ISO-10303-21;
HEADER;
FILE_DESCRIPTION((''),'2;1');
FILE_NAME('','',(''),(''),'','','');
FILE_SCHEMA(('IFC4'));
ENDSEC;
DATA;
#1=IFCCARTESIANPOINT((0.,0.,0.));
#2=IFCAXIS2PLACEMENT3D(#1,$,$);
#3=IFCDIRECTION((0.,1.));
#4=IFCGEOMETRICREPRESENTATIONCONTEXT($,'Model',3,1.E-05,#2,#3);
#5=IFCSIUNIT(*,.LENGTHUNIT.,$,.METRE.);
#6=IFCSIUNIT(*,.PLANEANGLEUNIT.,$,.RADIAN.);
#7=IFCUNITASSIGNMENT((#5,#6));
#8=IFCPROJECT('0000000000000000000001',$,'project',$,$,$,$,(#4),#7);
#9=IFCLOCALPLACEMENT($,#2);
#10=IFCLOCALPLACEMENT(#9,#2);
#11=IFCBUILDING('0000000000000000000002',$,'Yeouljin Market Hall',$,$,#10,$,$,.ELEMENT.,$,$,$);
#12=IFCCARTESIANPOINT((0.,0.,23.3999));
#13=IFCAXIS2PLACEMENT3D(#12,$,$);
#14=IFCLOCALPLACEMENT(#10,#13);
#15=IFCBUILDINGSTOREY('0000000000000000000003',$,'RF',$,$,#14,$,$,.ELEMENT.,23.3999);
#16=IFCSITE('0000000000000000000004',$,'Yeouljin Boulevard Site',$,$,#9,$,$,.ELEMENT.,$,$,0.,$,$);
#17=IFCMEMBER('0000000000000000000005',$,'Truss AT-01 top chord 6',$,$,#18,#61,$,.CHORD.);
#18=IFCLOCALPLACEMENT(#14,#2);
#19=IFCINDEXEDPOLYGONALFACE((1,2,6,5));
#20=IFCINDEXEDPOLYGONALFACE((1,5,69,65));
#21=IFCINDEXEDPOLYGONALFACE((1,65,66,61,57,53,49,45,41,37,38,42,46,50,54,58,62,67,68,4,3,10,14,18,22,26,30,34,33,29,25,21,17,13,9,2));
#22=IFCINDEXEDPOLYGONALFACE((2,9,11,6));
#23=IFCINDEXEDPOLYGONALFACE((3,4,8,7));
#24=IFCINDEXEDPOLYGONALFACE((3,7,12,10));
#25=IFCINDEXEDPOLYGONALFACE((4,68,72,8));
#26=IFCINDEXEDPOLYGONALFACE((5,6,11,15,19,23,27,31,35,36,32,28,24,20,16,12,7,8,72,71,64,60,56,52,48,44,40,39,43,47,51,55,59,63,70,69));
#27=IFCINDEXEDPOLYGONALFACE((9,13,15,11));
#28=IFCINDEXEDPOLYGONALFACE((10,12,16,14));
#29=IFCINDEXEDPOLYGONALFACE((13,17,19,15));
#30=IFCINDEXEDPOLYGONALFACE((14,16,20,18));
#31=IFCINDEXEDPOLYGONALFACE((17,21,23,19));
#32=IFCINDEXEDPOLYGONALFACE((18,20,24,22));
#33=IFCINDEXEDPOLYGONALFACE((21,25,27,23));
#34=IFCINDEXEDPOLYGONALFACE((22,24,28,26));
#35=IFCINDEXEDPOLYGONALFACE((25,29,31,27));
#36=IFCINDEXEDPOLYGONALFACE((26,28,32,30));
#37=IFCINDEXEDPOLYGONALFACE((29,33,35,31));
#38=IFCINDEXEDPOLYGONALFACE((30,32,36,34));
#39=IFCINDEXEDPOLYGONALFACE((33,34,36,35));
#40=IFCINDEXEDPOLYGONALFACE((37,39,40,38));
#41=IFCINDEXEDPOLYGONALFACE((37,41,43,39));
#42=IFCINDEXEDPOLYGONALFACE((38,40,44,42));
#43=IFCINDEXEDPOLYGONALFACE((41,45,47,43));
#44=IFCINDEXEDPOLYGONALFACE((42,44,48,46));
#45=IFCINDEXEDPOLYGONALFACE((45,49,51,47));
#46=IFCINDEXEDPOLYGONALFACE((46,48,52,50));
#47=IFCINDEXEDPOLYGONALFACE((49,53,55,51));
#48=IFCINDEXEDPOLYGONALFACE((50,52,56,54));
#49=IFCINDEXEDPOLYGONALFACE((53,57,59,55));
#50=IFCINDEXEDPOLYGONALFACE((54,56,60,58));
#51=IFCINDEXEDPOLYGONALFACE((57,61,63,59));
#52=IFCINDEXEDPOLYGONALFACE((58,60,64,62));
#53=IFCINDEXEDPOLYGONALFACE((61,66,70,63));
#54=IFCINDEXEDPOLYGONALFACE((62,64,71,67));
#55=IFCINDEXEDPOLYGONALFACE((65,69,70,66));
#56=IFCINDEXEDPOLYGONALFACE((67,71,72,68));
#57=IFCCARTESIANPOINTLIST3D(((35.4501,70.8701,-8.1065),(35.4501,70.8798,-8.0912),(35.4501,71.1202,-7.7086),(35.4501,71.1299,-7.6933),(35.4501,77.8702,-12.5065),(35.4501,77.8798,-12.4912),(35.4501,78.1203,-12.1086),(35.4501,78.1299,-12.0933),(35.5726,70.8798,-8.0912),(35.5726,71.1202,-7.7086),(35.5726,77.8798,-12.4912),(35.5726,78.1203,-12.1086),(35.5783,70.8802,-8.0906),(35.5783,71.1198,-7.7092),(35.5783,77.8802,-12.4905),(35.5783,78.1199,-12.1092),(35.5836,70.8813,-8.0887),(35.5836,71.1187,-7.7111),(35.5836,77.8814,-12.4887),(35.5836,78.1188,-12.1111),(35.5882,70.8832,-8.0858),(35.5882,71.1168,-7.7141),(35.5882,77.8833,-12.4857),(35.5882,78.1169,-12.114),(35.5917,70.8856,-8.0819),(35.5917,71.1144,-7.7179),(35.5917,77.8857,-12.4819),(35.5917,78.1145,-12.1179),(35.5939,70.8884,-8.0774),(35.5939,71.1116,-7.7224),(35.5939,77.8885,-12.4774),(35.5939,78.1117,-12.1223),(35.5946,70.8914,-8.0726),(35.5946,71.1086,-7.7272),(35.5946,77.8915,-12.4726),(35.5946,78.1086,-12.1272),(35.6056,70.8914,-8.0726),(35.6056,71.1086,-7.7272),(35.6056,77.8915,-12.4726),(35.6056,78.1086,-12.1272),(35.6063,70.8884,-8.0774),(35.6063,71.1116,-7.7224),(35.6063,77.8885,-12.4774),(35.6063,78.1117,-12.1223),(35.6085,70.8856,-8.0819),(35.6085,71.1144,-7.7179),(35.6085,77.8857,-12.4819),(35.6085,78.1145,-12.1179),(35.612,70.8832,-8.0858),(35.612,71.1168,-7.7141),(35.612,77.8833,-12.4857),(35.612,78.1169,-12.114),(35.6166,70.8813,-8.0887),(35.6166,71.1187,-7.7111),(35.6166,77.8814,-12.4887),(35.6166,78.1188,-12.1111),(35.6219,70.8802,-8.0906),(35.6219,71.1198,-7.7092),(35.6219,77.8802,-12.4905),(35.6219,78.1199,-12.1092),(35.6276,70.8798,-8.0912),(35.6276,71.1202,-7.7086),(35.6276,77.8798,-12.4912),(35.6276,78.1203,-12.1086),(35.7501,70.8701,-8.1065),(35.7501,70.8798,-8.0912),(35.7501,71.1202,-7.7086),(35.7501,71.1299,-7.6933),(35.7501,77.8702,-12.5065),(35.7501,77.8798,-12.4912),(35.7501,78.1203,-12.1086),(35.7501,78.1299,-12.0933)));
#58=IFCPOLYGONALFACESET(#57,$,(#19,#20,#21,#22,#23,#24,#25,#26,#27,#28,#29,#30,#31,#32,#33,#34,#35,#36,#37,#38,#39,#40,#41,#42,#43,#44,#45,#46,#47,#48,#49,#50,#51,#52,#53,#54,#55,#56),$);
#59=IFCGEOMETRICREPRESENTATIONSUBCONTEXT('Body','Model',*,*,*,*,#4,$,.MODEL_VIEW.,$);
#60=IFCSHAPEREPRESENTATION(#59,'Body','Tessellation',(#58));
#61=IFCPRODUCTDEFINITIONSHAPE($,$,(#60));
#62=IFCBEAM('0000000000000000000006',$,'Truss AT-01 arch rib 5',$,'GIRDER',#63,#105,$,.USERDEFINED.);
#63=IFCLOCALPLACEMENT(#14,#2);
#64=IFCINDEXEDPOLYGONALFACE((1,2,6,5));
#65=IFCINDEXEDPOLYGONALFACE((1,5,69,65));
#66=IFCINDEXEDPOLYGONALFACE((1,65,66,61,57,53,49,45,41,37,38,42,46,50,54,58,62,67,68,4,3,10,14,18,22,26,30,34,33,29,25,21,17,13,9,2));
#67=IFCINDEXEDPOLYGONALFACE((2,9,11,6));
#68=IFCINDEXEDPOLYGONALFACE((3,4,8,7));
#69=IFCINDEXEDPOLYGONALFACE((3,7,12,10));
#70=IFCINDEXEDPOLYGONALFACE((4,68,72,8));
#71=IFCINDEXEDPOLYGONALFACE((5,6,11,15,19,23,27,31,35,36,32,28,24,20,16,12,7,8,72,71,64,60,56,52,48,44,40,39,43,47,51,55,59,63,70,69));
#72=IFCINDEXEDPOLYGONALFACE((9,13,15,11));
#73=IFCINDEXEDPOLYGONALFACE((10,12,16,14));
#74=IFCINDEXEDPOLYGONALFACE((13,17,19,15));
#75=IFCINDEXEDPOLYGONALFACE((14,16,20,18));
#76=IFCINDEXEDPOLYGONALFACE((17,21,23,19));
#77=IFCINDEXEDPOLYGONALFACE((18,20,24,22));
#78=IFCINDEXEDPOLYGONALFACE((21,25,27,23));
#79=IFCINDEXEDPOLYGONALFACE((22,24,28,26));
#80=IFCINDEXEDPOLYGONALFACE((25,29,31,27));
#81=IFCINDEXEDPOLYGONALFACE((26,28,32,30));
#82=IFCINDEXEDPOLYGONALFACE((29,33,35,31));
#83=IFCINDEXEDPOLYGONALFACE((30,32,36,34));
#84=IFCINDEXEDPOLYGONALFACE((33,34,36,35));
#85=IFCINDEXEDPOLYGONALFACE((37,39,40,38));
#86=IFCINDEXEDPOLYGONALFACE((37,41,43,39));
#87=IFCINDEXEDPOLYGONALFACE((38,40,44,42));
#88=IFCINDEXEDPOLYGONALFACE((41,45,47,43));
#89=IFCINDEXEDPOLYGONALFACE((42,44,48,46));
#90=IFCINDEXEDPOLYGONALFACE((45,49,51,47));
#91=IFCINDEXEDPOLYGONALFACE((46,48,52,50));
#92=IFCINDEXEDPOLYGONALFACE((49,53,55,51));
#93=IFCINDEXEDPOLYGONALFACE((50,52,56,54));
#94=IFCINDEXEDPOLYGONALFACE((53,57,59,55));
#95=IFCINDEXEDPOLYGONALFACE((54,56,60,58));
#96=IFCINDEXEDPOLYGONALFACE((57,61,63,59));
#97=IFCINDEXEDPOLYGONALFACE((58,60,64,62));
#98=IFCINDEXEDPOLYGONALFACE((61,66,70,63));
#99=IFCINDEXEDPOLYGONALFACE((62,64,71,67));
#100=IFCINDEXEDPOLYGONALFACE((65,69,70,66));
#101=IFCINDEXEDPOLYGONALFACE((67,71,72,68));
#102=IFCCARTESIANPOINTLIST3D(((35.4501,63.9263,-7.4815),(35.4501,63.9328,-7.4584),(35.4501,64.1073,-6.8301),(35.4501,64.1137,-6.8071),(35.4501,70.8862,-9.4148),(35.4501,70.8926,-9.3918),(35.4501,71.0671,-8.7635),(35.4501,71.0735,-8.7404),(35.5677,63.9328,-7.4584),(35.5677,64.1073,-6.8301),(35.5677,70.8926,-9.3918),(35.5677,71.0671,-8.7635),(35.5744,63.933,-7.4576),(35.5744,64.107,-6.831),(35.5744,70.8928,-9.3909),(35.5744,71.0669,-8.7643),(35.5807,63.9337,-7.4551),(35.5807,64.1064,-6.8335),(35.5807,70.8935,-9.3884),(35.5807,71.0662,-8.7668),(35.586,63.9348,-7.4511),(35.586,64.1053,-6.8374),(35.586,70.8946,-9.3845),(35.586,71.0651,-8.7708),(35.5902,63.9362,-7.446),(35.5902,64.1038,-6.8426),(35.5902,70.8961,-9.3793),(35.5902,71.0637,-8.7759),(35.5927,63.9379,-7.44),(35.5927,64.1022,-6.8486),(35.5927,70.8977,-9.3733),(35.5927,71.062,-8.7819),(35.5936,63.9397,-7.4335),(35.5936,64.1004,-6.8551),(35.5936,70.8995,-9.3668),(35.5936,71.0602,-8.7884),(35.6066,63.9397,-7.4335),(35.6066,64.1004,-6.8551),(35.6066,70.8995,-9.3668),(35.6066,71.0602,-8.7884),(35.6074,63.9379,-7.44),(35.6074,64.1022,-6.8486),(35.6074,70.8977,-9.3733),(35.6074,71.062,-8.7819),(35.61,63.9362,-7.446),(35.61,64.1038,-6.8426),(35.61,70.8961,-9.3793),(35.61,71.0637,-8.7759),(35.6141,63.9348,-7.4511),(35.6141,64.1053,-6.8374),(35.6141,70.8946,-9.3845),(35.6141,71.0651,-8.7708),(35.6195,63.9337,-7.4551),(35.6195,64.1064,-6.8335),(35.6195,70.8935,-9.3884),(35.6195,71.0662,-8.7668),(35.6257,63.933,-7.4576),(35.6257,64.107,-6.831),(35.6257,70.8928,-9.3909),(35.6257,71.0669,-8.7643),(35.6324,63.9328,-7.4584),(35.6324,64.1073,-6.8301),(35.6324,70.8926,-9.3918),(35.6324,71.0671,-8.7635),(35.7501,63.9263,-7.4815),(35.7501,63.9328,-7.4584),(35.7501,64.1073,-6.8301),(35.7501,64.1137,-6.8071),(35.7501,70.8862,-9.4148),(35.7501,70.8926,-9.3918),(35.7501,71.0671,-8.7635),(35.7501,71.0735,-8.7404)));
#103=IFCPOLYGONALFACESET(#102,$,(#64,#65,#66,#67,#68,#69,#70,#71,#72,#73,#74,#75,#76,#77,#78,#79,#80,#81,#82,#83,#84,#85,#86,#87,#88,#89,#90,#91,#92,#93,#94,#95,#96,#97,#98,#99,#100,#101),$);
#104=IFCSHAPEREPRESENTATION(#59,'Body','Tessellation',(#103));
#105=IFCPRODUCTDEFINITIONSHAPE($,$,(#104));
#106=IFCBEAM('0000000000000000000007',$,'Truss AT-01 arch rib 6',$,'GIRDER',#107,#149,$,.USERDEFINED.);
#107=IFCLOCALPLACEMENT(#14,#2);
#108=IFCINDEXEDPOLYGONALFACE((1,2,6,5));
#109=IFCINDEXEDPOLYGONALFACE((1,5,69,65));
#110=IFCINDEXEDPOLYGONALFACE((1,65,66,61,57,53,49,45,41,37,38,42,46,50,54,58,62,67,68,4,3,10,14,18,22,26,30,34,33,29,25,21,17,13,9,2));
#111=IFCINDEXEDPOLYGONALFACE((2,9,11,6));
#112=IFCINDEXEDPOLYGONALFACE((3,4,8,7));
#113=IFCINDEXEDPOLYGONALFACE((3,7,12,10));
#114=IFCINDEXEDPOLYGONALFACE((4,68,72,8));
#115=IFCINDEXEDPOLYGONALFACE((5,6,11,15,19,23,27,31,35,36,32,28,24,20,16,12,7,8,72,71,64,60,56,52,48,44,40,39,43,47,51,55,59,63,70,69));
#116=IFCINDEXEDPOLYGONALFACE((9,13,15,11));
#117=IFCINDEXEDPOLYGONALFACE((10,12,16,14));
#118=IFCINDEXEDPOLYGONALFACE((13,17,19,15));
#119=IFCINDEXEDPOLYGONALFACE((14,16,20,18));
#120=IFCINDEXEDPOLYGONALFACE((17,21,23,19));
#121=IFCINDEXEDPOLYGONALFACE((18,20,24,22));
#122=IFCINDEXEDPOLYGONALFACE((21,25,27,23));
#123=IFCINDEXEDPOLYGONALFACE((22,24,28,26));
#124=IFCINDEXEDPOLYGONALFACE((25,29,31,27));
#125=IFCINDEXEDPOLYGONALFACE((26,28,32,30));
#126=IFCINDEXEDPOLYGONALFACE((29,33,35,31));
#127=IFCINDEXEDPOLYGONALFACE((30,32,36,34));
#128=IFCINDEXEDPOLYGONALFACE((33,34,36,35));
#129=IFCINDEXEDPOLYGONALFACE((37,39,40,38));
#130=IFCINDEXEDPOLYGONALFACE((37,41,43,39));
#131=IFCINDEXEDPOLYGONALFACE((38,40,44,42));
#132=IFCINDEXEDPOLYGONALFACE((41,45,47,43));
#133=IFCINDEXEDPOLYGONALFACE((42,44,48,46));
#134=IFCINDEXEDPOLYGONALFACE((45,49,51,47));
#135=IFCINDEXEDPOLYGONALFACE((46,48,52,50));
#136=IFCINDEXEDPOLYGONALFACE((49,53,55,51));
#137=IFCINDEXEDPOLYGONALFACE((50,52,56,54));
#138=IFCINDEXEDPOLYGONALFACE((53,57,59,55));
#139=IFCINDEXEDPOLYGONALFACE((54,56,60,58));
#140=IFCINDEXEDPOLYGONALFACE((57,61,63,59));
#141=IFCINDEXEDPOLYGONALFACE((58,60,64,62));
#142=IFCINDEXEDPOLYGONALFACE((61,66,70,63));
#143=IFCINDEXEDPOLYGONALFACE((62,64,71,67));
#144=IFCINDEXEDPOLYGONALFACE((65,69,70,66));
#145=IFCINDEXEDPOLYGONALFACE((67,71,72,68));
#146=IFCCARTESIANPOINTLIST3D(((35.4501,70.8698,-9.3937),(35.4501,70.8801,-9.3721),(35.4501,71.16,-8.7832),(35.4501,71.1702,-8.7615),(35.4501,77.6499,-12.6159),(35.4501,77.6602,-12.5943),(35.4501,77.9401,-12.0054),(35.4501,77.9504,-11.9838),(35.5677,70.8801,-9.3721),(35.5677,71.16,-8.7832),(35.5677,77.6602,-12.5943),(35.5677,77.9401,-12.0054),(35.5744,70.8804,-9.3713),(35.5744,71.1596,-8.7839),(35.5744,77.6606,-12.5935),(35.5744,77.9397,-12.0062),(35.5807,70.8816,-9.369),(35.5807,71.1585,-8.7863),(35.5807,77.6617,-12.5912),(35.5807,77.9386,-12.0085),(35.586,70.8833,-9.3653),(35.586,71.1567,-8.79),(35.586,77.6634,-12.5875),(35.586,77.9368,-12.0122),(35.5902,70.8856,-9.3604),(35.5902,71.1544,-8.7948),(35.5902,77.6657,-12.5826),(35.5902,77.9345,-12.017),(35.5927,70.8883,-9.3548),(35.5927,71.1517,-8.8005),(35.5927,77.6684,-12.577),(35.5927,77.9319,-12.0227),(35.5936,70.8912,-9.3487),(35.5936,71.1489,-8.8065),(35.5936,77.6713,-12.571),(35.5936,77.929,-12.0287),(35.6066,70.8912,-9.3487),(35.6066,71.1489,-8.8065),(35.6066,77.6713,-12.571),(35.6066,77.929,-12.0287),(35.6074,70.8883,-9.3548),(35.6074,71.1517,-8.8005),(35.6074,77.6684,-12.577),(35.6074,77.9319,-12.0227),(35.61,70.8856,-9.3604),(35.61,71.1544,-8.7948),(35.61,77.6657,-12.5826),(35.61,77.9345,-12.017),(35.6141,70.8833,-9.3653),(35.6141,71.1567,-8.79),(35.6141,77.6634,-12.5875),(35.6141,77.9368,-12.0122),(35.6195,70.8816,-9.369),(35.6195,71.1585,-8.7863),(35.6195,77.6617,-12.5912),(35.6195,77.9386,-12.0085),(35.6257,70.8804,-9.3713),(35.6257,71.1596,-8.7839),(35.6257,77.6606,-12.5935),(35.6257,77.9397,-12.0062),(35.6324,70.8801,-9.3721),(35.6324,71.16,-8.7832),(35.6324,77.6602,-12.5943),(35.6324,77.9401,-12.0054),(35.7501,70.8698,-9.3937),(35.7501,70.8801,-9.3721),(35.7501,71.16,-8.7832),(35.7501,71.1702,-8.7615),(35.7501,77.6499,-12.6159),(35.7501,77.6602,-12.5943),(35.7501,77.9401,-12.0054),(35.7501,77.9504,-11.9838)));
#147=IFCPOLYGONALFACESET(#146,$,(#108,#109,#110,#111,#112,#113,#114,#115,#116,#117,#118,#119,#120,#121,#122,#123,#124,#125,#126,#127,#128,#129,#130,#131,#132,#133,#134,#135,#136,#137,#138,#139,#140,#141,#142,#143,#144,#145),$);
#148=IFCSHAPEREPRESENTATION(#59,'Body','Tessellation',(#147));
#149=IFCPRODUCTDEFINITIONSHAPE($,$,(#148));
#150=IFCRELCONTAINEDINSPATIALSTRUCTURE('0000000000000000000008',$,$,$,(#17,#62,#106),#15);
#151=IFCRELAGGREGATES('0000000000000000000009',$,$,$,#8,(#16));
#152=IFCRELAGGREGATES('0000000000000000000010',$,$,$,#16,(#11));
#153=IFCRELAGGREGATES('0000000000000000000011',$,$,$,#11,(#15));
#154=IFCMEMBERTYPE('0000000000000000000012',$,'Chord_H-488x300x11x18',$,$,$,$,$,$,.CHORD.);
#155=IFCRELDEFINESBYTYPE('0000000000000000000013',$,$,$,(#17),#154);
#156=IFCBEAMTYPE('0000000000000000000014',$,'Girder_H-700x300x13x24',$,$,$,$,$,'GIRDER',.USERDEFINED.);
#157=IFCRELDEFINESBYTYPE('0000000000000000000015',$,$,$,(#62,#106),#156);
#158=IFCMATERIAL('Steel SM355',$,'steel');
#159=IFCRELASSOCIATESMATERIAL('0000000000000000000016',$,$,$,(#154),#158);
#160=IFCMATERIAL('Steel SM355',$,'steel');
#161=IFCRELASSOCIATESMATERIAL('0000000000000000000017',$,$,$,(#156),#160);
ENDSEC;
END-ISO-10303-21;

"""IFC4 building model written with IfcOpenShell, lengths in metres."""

from ifc_helpers import new_model, si_unit, direction, frame, origin, origin_2d, place, context, subcontext, project, spatial, i_section, extrude, material, material_profile, profile_set, type_object, element, save


model = new_model("IFC4")

# Units and contexts
model_context = context("Model", 3, precision=1e-05, world=origin(), true_north=direction((0.0, 1.0)))
body_context = subcontext(model_context, "Body", "Model", "MODEL_VIEW")
ifc_project = project(units=[si_unit("LENGTHUNIT", "METRE"), si_unit("PLANEANGLEUNIT", "RADIAN")], contexts=[model_context])

# Site, building, storey
site_placement = place(None, origin())
site = spatial("IfcSite", under=ifc_project, at=site_placement, Name="Yeouljin Boulevard Site", CompositionType="ELEMENT", RefElevation=0.0)
building_placement = place(site_placement, origin())
building = spatial("IfcBuilding", under=site, at=building_placement, Name="Yeouljin Market Hall", CompositionType="ELEMENT")
storey_placement = place(building_placement, frame((0.0, 0.0, 23.3999)))
storey = spatial("IfcBuildingStorey", under=building, at=storey_placement, Name="RF", CompositionType="ELEMENT", Elevation=23.3999)

# Member
ifc_material_1 = material(Name="Steel SM355", Category="steel")
ifc_material_profile_1 = material_profile(ifc_material_1, i_section(OverallWidth=0.3, OverallDepth=0.488, WebThickness=0.011, FlangeThickness=0.0181, FilletRadius=0.022, at=origin_2d()), Name="H-488x300x11x18")
ifc_profile_set_1 = profile_set([ifc_material_profile_1], Name="Steel SM355")
member_type_1 = type_object("IfcMemberType", Name="Chord_H-488x300x11x18", PredefinedType="CHORD", material=ifc_profile_set_1)
member_1_placement = place(storey_placement, frame((35.6001, 71.0, -7.8999), z_axis=(0.0, 0.846642, -0.532163), x_axis=(-1.0, 0.0, 0.0)))
element("IfcMember", 1, at=member_1_placement, inside=storey, type_object=member_type_1, Name="Truss AT-01 top chord 6", PredefinedType="CHORD", context=body_context, shape_type="SweptSolid", body=[
    extrude(i_section(OverallWidth=0.3, OverallDepth=0.488, WebThickness=0.011, FlangeThickness=0.0181, FilletRadius=0.022, at=origin_2d()), origin(), (0.0, 0.0, 1.0), 8.2681),
])

# Beams
ifc_material_2 = material(Name="Steel SM355", Category="steel")
ifc_material_profile_2 = material_profile(ifc_material_2, i_section(OverallWidth=0.3, OverallDepth=0.7, WebThickness=0.0129, FlangeThickness=0.0239, FilletRadius=0.0259, at=origin_2d()), Name="H-700x300x13x24")
ifc_profile_set_2 = profile_set([ifc_material_profile_2], Name="Steel SM355")
beam_type_1 = type_object("IfcBeamType", Name="Girder_H-700x300x13x24", ElementType="GIRDER", PredefinedType="USERDEFINED", material=ifc_profile_set_2)
beam_1_placement = place(storey_placement, frame((35.6001, 64.02, -7.1443), z_axis=(0.0, 0.963517, -0.267647), x_axis=(-1.0, 0.0, 0.0)))
element("IfcBeam", 2, at=beam_1_placement, inside=storey, type_object=beam_type_1, Name="Truss AT-01 arch rib 5", ObjectType="GIRDER", PredefinedType="USERDEFINED", context=body_context, shape_type="SweptSolid", body=[
    extrude(i_section(OverallWidth=0.3, OverallDepth=0.7, WebThickness=0.0129, FlangeThickness=0.0239, FilletRadius=0.0259, at=origin_2d()), origin(), (0.0, 0.0, 1.0), 7.2234),
])
beam_2_placement = place(storey_placement, frame((35.6001, 71.02, -9.0776), z_axis=(0.0, 0.903192, -0.429237), x_axis=(-1.0, 0.0, 0.0)))
element("IfcBeam", 3, at=beam_2_placement, inside=storey, type_object=beam_type_1, Name="Truss AT-01 arch rib 6", ObjectType="GIRDER", PredefinedType="USERDEFINED", context=body_context, shape_type="SweptSolid", body=[
    extrude(i_section(OverallWidth=0.3, OverallDepth=0.7, WebThickness=0.0129, FlangeThickness=0.0239, FilletRadius=0.0259, at=origin_2d()), origin(), (0.0, 0.0, 1.0), 7.5068),
])

save(model, "model.ifc")
